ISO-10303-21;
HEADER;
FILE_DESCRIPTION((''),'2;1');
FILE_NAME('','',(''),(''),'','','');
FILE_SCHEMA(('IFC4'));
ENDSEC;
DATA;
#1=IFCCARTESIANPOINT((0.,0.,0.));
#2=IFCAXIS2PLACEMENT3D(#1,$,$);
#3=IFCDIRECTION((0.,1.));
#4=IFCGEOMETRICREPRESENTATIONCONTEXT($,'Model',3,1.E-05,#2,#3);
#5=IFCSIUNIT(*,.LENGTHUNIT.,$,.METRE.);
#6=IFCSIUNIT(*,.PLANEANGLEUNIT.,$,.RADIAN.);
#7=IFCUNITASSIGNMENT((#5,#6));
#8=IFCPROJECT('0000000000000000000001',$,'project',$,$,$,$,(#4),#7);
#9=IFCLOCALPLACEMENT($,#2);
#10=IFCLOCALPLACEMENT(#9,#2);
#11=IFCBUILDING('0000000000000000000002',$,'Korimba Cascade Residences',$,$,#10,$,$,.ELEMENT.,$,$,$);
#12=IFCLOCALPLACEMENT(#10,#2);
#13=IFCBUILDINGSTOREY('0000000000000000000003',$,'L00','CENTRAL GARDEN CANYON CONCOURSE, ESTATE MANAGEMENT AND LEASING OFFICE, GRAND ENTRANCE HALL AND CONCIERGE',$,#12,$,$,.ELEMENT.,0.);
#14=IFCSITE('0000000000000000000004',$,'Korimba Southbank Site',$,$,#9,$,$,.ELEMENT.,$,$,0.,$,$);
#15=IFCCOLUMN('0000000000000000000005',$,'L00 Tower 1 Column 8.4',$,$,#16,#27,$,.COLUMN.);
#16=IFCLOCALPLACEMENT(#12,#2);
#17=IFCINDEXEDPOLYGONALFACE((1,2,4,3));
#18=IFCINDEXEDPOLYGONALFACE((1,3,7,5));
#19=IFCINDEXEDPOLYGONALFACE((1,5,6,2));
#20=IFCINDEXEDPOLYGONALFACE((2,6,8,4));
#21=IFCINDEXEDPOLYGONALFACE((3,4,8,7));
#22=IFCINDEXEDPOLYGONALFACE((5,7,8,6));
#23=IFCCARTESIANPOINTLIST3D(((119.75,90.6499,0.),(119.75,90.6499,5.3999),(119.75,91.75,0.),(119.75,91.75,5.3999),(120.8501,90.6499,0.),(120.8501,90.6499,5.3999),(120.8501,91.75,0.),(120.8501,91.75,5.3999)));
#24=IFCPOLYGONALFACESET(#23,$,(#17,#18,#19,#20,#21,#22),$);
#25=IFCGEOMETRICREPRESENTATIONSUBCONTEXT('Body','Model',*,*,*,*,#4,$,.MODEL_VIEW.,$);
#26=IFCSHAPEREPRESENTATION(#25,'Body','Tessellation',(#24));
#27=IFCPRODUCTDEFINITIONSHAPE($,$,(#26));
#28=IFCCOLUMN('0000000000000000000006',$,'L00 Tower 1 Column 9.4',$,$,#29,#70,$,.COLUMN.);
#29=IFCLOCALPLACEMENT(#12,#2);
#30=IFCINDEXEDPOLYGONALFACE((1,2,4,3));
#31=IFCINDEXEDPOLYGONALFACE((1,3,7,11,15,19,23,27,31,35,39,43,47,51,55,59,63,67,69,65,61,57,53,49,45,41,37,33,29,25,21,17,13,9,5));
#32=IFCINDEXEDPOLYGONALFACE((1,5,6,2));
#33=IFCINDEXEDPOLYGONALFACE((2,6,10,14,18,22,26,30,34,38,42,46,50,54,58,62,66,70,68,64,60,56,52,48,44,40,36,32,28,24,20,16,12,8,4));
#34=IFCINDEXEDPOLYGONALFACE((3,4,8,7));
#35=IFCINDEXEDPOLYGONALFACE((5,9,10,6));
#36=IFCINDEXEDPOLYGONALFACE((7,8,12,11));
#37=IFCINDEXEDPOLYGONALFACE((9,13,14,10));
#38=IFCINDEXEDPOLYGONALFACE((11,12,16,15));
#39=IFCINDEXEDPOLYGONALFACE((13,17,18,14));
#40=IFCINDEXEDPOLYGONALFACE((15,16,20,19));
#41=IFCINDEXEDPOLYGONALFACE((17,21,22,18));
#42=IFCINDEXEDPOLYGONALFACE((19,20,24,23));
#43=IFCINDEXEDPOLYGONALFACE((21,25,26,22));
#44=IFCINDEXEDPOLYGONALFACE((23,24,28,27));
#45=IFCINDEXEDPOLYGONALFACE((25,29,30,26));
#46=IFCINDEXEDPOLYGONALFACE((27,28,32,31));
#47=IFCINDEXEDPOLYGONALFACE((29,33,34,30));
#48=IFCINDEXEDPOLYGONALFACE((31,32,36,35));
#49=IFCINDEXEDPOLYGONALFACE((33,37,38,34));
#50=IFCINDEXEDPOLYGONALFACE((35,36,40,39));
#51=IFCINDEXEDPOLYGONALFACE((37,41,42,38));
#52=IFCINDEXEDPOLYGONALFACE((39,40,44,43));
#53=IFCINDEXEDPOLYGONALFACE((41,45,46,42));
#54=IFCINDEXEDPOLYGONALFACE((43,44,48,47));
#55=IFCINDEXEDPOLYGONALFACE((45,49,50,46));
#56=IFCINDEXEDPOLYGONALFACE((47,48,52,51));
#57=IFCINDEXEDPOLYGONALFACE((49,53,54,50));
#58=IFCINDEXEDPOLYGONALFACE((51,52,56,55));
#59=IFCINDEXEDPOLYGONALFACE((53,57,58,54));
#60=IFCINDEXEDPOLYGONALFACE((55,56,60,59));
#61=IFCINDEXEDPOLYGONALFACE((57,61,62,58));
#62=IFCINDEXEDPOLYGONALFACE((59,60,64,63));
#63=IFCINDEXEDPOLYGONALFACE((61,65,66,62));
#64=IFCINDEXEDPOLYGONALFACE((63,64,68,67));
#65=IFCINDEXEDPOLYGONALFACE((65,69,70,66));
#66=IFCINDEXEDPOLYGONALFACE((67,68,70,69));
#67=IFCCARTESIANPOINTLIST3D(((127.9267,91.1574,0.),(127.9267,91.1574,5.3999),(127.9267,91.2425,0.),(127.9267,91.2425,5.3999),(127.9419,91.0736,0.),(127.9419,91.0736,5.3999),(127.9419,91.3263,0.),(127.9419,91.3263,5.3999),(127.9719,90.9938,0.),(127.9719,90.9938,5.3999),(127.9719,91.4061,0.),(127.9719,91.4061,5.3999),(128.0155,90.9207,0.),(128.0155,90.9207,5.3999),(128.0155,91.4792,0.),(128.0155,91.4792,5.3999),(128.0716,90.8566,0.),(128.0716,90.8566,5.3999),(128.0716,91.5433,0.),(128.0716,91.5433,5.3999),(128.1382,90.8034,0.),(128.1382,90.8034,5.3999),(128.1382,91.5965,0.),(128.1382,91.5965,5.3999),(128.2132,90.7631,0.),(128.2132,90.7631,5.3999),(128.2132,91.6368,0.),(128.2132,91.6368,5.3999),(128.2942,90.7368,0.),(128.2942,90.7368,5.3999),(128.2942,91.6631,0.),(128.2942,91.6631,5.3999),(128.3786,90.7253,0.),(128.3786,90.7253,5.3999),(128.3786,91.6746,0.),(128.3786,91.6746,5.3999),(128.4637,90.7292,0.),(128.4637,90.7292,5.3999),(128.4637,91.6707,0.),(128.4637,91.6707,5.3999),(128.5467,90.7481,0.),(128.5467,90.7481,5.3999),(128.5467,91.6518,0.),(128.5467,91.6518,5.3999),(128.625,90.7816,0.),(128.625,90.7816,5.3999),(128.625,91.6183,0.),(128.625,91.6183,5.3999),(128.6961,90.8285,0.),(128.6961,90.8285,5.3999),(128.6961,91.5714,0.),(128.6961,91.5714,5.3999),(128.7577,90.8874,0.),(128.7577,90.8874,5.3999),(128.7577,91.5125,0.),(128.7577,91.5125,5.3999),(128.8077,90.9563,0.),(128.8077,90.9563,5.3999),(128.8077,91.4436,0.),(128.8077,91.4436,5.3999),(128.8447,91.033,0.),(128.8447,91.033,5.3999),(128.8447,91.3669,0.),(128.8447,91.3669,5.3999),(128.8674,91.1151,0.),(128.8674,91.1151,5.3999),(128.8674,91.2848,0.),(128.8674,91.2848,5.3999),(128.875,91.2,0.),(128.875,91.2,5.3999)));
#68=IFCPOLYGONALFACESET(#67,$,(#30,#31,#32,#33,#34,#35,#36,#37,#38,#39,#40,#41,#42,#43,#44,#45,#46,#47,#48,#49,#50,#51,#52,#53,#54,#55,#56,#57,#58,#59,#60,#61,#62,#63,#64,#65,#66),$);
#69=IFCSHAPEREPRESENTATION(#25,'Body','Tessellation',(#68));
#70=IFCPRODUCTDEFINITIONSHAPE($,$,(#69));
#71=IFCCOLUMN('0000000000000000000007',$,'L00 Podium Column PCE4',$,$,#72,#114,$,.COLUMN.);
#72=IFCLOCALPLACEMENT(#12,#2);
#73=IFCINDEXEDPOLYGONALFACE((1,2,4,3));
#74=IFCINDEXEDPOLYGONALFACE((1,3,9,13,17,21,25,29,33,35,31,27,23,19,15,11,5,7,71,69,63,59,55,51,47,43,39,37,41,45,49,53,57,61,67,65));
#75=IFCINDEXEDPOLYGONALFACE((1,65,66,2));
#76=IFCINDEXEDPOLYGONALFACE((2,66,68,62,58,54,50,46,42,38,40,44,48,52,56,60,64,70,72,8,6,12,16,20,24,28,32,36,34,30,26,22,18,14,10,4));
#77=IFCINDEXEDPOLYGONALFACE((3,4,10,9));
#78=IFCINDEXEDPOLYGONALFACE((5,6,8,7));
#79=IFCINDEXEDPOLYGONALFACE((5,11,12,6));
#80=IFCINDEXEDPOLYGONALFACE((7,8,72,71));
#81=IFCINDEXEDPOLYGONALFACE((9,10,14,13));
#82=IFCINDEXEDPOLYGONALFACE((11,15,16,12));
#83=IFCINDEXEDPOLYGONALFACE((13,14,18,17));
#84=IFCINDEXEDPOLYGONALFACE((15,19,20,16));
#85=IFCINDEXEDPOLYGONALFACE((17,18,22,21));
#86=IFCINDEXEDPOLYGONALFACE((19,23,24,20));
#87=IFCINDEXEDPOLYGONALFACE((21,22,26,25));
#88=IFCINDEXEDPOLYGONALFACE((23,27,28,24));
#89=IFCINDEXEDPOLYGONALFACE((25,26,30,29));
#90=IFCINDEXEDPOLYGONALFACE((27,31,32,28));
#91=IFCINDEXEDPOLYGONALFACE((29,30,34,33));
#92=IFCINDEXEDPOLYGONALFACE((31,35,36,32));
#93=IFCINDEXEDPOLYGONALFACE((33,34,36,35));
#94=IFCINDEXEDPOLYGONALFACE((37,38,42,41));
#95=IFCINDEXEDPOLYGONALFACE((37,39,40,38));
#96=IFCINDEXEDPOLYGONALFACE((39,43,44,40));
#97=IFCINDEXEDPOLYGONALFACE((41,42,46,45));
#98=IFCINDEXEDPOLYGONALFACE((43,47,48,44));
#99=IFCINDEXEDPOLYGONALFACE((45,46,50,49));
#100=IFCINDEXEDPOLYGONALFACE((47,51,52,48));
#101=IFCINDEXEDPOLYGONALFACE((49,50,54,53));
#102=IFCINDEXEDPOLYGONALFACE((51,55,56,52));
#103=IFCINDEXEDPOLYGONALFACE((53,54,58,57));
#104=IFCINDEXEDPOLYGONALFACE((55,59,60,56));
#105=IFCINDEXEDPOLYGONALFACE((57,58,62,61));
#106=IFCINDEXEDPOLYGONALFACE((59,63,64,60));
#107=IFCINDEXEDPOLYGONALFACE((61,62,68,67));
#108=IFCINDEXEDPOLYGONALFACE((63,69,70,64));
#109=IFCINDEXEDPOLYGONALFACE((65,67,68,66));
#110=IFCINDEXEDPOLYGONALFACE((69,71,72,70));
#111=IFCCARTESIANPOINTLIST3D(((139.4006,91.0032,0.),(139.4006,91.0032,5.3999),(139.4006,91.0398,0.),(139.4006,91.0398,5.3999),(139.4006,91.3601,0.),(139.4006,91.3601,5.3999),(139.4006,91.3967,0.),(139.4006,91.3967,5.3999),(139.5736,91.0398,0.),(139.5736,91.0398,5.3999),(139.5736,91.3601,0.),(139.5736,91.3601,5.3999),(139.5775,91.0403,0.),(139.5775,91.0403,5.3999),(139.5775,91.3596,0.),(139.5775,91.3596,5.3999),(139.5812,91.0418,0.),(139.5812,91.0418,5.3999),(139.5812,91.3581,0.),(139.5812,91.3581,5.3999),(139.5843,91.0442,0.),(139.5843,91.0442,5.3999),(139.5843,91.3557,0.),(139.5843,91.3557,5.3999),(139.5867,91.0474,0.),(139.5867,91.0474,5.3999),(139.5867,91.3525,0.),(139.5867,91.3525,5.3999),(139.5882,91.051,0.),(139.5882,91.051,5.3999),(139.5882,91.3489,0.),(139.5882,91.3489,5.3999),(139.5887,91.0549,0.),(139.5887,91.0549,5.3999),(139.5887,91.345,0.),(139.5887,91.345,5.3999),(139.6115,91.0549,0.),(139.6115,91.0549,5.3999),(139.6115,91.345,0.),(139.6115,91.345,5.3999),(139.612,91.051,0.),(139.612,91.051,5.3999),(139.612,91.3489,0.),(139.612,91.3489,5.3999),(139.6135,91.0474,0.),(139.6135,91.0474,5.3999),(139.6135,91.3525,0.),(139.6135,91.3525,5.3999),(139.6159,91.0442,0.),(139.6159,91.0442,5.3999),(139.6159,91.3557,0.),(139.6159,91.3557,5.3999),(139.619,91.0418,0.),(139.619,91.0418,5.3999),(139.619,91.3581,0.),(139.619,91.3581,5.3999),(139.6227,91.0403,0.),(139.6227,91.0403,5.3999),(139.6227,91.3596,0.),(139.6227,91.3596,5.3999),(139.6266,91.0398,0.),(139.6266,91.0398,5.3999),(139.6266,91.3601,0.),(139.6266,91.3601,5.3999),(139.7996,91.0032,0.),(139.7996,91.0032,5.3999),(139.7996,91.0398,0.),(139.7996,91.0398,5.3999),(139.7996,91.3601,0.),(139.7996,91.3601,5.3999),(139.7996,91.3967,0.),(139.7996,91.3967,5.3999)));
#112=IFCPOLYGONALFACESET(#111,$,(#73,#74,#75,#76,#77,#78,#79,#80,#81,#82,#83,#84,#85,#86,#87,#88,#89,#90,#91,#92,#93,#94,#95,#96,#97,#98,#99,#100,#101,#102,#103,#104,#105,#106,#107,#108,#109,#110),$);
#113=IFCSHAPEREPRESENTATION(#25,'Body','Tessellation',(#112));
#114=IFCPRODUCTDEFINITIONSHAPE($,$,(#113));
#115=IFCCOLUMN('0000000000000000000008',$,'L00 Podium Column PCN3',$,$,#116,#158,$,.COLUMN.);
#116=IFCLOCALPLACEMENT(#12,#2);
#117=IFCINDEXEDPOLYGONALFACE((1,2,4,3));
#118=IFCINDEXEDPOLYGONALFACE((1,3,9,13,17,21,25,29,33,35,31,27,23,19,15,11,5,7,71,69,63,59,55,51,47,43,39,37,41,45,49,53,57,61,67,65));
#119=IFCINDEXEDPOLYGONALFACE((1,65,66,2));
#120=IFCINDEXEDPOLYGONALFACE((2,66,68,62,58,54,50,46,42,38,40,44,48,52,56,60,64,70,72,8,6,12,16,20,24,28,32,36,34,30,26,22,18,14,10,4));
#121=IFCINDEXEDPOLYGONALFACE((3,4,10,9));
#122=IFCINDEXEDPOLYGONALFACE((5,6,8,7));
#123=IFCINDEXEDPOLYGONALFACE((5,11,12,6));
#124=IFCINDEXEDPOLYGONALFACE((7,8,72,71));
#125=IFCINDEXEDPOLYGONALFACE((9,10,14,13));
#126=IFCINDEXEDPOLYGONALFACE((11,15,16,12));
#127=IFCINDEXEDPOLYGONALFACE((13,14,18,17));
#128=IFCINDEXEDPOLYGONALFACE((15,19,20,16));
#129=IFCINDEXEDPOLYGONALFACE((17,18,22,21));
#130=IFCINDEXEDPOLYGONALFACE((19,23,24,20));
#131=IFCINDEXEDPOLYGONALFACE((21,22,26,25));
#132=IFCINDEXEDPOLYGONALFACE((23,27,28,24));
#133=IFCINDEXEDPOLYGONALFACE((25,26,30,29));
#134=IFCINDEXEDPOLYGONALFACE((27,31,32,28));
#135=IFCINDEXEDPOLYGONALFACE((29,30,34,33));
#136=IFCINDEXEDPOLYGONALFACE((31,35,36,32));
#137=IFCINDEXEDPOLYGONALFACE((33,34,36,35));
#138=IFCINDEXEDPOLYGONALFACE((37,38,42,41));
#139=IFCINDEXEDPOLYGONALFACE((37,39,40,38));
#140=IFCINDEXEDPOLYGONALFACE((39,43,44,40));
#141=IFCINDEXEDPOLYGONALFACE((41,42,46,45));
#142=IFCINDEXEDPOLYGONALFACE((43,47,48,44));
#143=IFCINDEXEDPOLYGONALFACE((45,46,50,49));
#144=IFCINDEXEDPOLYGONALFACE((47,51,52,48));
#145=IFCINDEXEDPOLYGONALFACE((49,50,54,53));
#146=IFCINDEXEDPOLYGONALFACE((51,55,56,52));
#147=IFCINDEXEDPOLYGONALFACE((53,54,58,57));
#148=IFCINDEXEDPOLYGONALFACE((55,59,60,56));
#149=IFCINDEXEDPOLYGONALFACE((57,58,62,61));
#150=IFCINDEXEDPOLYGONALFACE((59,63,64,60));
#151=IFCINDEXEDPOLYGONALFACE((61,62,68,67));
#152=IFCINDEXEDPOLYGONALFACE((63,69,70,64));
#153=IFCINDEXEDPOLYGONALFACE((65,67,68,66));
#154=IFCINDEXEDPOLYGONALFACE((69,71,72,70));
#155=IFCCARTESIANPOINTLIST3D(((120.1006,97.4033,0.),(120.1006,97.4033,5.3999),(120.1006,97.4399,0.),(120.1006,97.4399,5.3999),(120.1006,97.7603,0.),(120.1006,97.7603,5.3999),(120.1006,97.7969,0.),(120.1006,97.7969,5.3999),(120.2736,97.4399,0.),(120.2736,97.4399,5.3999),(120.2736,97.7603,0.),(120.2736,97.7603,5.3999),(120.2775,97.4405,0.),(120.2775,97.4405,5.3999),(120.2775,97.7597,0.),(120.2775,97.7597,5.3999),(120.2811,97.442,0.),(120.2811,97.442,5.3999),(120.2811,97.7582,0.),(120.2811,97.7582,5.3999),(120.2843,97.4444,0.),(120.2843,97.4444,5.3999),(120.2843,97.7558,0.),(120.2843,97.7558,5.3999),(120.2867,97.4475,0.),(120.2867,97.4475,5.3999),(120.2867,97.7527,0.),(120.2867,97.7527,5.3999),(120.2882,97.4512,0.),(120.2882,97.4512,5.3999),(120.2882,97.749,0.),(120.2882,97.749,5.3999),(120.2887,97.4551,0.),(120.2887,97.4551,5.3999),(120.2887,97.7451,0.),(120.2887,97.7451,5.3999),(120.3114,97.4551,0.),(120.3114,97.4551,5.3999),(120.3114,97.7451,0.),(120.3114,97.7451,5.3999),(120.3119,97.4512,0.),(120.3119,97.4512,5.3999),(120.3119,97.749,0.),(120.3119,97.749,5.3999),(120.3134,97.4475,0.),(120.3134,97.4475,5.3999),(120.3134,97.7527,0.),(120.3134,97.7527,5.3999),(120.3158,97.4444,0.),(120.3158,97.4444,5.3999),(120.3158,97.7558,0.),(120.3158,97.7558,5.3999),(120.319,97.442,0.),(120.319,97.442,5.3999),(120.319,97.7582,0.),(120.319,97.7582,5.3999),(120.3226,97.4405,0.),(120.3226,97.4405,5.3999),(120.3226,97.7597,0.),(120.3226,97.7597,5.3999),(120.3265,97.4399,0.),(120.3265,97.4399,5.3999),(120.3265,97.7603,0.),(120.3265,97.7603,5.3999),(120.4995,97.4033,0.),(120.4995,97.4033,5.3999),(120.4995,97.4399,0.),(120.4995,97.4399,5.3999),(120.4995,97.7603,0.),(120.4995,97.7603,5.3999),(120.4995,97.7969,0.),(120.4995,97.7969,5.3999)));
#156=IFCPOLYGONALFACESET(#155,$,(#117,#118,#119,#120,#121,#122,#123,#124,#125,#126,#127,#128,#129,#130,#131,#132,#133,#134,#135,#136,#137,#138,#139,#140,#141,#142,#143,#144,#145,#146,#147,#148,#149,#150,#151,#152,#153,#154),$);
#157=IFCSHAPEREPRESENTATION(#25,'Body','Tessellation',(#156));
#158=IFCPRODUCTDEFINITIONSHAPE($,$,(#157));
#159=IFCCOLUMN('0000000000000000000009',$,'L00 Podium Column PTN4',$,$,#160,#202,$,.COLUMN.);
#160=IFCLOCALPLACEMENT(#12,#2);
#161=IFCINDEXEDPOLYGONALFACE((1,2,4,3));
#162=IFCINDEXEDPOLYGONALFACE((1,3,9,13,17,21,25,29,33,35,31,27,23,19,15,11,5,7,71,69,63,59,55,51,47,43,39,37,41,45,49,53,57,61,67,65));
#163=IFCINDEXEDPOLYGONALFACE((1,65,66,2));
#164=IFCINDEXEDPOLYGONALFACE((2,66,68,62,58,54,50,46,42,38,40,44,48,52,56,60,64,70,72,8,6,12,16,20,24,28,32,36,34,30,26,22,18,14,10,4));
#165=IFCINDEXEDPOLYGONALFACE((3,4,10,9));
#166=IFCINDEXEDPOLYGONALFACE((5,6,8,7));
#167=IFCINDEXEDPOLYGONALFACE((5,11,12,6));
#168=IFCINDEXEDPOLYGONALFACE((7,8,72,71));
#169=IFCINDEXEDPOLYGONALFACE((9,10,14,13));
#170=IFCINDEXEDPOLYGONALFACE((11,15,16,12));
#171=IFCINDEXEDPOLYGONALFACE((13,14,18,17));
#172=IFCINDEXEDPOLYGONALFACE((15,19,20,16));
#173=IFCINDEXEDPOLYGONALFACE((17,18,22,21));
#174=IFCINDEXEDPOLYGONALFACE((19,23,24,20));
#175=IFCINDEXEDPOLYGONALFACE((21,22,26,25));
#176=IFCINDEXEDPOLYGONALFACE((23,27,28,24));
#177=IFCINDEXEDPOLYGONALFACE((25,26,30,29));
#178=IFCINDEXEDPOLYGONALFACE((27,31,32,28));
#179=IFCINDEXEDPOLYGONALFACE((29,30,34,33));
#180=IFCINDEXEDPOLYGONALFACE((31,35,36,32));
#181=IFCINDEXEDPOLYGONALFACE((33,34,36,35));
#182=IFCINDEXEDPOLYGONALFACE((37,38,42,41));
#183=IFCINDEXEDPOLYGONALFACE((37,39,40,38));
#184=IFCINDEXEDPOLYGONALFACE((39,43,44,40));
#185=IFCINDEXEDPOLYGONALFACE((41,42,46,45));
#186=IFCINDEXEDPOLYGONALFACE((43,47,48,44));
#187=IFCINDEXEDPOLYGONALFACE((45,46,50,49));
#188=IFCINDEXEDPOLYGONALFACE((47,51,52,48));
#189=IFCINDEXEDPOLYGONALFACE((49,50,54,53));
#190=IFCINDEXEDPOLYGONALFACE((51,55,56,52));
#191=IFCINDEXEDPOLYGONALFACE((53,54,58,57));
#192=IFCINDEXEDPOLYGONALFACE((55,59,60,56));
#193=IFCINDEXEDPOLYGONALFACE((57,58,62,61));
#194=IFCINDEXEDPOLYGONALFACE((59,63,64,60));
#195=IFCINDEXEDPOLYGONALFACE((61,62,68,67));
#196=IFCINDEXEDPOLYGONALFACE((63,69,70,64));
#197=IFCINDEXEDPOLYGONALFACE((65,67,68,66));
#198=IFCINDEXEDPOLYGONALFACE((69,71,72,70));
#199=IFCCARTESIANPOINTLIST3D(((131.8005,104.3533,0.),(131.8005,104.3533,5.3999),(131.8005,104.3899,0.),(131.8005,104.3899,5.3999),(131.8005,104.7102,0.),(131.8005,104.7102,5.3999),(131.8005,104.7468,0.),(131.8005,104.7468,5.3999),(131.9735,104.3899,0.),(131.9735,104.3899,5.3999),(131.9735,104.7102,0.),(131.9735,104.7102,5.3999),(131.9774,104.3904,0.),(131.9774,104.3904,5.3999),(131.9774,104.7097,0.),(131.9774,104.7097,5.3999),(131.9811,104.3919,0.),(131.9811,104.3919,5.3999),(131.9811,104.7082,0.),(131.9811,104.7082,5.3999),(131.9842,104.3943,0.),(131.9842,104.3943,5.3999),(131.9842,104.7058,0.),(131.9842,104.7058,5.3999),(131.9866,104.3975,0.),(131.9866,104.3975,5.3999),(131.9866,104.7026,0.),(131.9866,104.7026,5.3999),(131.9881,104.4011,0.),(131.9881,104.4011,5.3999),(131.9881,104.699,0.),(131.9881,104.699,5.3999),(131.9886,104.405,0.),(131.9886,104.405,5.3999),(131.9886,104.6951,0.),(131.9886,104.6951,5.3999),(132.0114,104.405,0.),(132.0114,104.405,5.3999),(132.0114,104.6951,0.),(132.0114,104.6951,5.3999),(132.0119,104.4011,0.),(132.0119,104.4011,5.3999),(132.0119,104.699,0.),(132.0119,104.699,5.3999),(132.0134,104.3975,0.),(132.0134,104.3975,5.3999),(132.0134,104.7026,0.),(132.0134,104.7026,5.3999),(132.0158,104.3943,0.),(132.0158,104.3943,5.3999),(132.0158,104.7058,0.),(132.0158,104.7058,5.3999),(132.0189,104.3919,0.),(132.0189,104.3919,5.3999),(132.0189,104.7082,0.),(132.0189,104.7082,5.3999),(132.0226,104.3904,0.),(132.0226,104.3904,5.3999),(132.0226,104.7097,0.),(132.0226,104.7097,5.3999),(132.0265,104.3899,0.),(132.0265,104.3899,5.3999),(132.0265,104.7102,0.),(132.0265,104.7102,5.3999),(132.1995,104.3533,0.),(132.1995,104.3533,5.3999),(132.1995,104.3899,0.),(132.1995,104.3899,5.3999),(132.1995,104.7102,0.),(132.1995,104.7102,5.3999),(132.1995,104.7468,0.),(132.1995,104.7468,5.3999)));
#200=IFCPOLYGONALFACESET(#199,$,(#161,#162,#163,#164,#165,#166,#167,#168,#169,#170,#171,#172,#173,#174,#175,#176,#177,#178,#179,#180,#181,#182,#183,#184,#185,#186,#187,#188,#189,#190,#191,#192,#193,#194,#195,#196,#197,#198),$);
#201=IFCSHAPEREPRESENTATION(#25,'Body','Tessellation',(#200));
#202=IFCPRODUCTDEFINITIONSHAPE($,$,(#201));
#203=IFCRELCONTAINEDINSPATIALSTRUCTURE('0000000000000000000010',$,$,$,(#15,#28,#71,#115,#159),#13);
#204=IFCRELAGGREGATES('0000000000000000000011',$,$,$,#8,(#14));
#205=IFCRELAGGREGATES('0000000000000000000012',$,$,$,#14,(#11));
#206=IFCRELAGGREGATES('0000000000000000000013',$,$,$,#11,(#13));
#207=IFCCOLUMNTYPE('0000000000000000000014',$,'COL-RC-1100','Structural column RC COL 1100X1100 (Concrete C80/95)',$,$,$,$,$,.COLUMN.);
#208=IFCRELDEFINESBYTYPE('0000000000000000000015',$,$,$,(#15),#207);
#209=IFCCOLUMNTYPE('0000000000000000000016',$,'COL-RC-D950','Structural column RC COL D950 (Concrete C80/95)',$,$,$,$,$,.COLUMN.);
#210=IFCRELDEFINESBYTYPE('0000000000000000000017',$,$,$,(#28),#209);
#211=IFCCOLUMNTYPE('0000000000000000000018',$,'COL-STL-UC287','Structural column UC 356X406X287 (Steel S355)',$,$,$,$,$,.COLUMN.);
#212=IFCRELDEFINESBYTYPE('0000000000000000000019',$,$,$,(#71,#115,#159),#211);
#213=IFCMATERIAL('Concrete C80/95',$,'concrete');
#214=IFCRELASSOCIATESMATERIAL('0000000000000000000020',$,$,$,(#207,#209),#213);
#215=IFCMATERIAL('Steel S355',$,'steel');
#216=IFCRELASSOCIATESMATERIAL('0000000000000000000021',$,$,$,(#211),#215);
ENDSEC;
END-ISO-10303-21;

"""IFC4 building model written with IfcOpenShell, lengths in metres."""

from ifc_helpers import new_model, si_unit, direction, frame, origin, origin_2d, place, context, subcontext, project, spatial, rectangle, circle, i_section, extrude, material, material_profile, profile_set, type_object, element, save


model = new_model("IFC4")

# Units and contexts
model_context = context("Model", 3, precision=1e-05, world=origin(), true_north=direction((0.0, 1.0)))
body_context = subcontext(model_context, "Body", "Model", "MODEL_VIEW")
ifc_project = project(units=[si_unit("LENGTHUNIT", "METRE"), si_unit("PLANEANGLEUNIT", "RADIAN")], contexts=[model_context])

# Site, building, storey
site_placement = place(None, origin())
site = spatial("IfcSite", under=ifc_project, at=site_placement, Name="Korimba Southbank Site", CompositionType="ELEMENT", RefElevation=0.0)
building_placement = place(site_placement, origin())
building = spatial("IfcBuilding", under=site, at=building_placement, Name="Korimba Cascade Residences", CompositionType="ELEMENT")
storey_placement = place(building_placement, origin())
storey = spatial("IfcBuildingStorey", under=building, at=storey_placement, Name="L00", Description="CENTRAL GARDEN CANYON CONCOURSE, ESTATE MANAGEMENT AND LEASING OFFICE, GRAND ENTRANCE HALL AND CONCIERGE", CompositionType="ELEMENT", Elevation=0.0)

# Columns
ifc_material_1 = material(Name="Concrete C80/95", Category="concrete")
ifc_material_profile_1 = material_profile(ifc_material_1, rectangle(XDim=1.1001, YDim=1.1001, at=origin_2d()), Name="Concrete C80/95")
ifc_profile_set_1 = profile_set([ifc_material_profile_1], Name="Concrete C80/95")
column_type_1 = type_object("IfcColumnType", Name="COL-RC-1100", Description="Structural column RC COL 1100X1100 (Concrete C80/95)", PredefinedType="COLUMN", material=ifc_profile_set_1)
column_1_placement = place(storey_placement, frame((120.3, 91.2, 0.0), z_axis=(0.0, 0.0, 1.0), x_axis=(1.0, 0.0, 0.0)))
element("IfcColumn", 1, at=column_1_placement, inside=storey, type_object=column_type_1, Name="L00 Tower 1 Column 8.4", PredefinedType="COLUMN", context=body_context, shape_type="SweptSolid", body=[
    extrude(rectangle(XDim=1.1001, YDim=1.1001, at=origin_2d()), origin(), (0.0, 0.0, 1.0), 5.3999),
])
ifc_material_profile_2 = material_profile(ifc_material_1, circle(Radius=0.4751, at=origin_2d()), Name="Concrete C80/95")
ifc_profile_set_2 = profile_set([ifc_material_profile_2], Name="Concrete C80/95")
column_type_2 = type_object("IfcColumnType", Name="COL-RC-D950", Description="Structural column RC COL D950 (Concrete C80/95)", PredefinedType="COLUMN", material=ifc_profile_set_2)
column_2_placement = place(storey_placement, frame((128.3999, 91.2, 0.0), z_axis=(0.0, 0.0, 1.0), x_axis=(1.0, 0.0, 0.0)))
element("IfcColumn", 2, at=column_2_placement, inside=storey, type_object=column_type_2, Name="L00 Tower 1 Column 9.4", PredefinedType="COLUMN", context=body_context, shape_type="SweptSolid", body=[
    extrude(circle(Radius=0.4751, at=origin_2d()), origin(), (0.0, 0.0, 1.0), 5.3999),
])
ifc_material_2 = material(Name="Steel S355", Category="steel")
ifc_material_profile_3 = material_profile(ifc_material_2, i_section(OverallWidth=0.3989, OverallDepth=0.3936, WebThickness=0.0227, FlangeThickness=0.0366, FilletRadius=0.0151, at=origin_2d()), Name="Steel S355")
ifc_profile_set_3 = profile_set([ifc_material_profile_3], Name="Steel S355")
column_type_3 = type_object("IfcColumnType", Name="COL-STL-UC287", Description="Structural column UC 356X406X287 (Steel S355)", PredefinedType="COLUMN", material=ifc_profile_set_3)
for number, where, z_axis, x_axis, name in (
    (3, (139.6001, 91.2, 0.0), (0.0, 0.0, 1.0), (1.0, 0.0, 0.0), "L00 Podium Column PCE4"),
    (4, (120.3, 97.6001, 0.0), (0.0, 0.0, 1.0), (1.0, 0.0, 0.0), "L00 Podium Column PCN3"),
    (5, (132.0, 104.55, 0.0), (0.0, 0.0, 1.0), (1.0, 0.0, 0.0), "L00 Podium Column PTN4"),
):
    element("IfcColumn", number, at=place(storey_placement, frame(where, z_axis=z_axis, x_axis=x_axis)), inside=storey, type_object=column_type_3, Name=name, PredefinedType="COLUMN", context=body_context, shape_type="SweptSolid", body=[
        extrude(i_section(OverallWidth=0.3989, OverallDepth=0.3936, WebThickness=0.0227, FlangeThickness=0.0366, FilletRadius=0.0151, at=origin_2d()), origin(), (0.0, 0.0, 1.0), 5.3999),
    ])

save(model, "model.ifc")
